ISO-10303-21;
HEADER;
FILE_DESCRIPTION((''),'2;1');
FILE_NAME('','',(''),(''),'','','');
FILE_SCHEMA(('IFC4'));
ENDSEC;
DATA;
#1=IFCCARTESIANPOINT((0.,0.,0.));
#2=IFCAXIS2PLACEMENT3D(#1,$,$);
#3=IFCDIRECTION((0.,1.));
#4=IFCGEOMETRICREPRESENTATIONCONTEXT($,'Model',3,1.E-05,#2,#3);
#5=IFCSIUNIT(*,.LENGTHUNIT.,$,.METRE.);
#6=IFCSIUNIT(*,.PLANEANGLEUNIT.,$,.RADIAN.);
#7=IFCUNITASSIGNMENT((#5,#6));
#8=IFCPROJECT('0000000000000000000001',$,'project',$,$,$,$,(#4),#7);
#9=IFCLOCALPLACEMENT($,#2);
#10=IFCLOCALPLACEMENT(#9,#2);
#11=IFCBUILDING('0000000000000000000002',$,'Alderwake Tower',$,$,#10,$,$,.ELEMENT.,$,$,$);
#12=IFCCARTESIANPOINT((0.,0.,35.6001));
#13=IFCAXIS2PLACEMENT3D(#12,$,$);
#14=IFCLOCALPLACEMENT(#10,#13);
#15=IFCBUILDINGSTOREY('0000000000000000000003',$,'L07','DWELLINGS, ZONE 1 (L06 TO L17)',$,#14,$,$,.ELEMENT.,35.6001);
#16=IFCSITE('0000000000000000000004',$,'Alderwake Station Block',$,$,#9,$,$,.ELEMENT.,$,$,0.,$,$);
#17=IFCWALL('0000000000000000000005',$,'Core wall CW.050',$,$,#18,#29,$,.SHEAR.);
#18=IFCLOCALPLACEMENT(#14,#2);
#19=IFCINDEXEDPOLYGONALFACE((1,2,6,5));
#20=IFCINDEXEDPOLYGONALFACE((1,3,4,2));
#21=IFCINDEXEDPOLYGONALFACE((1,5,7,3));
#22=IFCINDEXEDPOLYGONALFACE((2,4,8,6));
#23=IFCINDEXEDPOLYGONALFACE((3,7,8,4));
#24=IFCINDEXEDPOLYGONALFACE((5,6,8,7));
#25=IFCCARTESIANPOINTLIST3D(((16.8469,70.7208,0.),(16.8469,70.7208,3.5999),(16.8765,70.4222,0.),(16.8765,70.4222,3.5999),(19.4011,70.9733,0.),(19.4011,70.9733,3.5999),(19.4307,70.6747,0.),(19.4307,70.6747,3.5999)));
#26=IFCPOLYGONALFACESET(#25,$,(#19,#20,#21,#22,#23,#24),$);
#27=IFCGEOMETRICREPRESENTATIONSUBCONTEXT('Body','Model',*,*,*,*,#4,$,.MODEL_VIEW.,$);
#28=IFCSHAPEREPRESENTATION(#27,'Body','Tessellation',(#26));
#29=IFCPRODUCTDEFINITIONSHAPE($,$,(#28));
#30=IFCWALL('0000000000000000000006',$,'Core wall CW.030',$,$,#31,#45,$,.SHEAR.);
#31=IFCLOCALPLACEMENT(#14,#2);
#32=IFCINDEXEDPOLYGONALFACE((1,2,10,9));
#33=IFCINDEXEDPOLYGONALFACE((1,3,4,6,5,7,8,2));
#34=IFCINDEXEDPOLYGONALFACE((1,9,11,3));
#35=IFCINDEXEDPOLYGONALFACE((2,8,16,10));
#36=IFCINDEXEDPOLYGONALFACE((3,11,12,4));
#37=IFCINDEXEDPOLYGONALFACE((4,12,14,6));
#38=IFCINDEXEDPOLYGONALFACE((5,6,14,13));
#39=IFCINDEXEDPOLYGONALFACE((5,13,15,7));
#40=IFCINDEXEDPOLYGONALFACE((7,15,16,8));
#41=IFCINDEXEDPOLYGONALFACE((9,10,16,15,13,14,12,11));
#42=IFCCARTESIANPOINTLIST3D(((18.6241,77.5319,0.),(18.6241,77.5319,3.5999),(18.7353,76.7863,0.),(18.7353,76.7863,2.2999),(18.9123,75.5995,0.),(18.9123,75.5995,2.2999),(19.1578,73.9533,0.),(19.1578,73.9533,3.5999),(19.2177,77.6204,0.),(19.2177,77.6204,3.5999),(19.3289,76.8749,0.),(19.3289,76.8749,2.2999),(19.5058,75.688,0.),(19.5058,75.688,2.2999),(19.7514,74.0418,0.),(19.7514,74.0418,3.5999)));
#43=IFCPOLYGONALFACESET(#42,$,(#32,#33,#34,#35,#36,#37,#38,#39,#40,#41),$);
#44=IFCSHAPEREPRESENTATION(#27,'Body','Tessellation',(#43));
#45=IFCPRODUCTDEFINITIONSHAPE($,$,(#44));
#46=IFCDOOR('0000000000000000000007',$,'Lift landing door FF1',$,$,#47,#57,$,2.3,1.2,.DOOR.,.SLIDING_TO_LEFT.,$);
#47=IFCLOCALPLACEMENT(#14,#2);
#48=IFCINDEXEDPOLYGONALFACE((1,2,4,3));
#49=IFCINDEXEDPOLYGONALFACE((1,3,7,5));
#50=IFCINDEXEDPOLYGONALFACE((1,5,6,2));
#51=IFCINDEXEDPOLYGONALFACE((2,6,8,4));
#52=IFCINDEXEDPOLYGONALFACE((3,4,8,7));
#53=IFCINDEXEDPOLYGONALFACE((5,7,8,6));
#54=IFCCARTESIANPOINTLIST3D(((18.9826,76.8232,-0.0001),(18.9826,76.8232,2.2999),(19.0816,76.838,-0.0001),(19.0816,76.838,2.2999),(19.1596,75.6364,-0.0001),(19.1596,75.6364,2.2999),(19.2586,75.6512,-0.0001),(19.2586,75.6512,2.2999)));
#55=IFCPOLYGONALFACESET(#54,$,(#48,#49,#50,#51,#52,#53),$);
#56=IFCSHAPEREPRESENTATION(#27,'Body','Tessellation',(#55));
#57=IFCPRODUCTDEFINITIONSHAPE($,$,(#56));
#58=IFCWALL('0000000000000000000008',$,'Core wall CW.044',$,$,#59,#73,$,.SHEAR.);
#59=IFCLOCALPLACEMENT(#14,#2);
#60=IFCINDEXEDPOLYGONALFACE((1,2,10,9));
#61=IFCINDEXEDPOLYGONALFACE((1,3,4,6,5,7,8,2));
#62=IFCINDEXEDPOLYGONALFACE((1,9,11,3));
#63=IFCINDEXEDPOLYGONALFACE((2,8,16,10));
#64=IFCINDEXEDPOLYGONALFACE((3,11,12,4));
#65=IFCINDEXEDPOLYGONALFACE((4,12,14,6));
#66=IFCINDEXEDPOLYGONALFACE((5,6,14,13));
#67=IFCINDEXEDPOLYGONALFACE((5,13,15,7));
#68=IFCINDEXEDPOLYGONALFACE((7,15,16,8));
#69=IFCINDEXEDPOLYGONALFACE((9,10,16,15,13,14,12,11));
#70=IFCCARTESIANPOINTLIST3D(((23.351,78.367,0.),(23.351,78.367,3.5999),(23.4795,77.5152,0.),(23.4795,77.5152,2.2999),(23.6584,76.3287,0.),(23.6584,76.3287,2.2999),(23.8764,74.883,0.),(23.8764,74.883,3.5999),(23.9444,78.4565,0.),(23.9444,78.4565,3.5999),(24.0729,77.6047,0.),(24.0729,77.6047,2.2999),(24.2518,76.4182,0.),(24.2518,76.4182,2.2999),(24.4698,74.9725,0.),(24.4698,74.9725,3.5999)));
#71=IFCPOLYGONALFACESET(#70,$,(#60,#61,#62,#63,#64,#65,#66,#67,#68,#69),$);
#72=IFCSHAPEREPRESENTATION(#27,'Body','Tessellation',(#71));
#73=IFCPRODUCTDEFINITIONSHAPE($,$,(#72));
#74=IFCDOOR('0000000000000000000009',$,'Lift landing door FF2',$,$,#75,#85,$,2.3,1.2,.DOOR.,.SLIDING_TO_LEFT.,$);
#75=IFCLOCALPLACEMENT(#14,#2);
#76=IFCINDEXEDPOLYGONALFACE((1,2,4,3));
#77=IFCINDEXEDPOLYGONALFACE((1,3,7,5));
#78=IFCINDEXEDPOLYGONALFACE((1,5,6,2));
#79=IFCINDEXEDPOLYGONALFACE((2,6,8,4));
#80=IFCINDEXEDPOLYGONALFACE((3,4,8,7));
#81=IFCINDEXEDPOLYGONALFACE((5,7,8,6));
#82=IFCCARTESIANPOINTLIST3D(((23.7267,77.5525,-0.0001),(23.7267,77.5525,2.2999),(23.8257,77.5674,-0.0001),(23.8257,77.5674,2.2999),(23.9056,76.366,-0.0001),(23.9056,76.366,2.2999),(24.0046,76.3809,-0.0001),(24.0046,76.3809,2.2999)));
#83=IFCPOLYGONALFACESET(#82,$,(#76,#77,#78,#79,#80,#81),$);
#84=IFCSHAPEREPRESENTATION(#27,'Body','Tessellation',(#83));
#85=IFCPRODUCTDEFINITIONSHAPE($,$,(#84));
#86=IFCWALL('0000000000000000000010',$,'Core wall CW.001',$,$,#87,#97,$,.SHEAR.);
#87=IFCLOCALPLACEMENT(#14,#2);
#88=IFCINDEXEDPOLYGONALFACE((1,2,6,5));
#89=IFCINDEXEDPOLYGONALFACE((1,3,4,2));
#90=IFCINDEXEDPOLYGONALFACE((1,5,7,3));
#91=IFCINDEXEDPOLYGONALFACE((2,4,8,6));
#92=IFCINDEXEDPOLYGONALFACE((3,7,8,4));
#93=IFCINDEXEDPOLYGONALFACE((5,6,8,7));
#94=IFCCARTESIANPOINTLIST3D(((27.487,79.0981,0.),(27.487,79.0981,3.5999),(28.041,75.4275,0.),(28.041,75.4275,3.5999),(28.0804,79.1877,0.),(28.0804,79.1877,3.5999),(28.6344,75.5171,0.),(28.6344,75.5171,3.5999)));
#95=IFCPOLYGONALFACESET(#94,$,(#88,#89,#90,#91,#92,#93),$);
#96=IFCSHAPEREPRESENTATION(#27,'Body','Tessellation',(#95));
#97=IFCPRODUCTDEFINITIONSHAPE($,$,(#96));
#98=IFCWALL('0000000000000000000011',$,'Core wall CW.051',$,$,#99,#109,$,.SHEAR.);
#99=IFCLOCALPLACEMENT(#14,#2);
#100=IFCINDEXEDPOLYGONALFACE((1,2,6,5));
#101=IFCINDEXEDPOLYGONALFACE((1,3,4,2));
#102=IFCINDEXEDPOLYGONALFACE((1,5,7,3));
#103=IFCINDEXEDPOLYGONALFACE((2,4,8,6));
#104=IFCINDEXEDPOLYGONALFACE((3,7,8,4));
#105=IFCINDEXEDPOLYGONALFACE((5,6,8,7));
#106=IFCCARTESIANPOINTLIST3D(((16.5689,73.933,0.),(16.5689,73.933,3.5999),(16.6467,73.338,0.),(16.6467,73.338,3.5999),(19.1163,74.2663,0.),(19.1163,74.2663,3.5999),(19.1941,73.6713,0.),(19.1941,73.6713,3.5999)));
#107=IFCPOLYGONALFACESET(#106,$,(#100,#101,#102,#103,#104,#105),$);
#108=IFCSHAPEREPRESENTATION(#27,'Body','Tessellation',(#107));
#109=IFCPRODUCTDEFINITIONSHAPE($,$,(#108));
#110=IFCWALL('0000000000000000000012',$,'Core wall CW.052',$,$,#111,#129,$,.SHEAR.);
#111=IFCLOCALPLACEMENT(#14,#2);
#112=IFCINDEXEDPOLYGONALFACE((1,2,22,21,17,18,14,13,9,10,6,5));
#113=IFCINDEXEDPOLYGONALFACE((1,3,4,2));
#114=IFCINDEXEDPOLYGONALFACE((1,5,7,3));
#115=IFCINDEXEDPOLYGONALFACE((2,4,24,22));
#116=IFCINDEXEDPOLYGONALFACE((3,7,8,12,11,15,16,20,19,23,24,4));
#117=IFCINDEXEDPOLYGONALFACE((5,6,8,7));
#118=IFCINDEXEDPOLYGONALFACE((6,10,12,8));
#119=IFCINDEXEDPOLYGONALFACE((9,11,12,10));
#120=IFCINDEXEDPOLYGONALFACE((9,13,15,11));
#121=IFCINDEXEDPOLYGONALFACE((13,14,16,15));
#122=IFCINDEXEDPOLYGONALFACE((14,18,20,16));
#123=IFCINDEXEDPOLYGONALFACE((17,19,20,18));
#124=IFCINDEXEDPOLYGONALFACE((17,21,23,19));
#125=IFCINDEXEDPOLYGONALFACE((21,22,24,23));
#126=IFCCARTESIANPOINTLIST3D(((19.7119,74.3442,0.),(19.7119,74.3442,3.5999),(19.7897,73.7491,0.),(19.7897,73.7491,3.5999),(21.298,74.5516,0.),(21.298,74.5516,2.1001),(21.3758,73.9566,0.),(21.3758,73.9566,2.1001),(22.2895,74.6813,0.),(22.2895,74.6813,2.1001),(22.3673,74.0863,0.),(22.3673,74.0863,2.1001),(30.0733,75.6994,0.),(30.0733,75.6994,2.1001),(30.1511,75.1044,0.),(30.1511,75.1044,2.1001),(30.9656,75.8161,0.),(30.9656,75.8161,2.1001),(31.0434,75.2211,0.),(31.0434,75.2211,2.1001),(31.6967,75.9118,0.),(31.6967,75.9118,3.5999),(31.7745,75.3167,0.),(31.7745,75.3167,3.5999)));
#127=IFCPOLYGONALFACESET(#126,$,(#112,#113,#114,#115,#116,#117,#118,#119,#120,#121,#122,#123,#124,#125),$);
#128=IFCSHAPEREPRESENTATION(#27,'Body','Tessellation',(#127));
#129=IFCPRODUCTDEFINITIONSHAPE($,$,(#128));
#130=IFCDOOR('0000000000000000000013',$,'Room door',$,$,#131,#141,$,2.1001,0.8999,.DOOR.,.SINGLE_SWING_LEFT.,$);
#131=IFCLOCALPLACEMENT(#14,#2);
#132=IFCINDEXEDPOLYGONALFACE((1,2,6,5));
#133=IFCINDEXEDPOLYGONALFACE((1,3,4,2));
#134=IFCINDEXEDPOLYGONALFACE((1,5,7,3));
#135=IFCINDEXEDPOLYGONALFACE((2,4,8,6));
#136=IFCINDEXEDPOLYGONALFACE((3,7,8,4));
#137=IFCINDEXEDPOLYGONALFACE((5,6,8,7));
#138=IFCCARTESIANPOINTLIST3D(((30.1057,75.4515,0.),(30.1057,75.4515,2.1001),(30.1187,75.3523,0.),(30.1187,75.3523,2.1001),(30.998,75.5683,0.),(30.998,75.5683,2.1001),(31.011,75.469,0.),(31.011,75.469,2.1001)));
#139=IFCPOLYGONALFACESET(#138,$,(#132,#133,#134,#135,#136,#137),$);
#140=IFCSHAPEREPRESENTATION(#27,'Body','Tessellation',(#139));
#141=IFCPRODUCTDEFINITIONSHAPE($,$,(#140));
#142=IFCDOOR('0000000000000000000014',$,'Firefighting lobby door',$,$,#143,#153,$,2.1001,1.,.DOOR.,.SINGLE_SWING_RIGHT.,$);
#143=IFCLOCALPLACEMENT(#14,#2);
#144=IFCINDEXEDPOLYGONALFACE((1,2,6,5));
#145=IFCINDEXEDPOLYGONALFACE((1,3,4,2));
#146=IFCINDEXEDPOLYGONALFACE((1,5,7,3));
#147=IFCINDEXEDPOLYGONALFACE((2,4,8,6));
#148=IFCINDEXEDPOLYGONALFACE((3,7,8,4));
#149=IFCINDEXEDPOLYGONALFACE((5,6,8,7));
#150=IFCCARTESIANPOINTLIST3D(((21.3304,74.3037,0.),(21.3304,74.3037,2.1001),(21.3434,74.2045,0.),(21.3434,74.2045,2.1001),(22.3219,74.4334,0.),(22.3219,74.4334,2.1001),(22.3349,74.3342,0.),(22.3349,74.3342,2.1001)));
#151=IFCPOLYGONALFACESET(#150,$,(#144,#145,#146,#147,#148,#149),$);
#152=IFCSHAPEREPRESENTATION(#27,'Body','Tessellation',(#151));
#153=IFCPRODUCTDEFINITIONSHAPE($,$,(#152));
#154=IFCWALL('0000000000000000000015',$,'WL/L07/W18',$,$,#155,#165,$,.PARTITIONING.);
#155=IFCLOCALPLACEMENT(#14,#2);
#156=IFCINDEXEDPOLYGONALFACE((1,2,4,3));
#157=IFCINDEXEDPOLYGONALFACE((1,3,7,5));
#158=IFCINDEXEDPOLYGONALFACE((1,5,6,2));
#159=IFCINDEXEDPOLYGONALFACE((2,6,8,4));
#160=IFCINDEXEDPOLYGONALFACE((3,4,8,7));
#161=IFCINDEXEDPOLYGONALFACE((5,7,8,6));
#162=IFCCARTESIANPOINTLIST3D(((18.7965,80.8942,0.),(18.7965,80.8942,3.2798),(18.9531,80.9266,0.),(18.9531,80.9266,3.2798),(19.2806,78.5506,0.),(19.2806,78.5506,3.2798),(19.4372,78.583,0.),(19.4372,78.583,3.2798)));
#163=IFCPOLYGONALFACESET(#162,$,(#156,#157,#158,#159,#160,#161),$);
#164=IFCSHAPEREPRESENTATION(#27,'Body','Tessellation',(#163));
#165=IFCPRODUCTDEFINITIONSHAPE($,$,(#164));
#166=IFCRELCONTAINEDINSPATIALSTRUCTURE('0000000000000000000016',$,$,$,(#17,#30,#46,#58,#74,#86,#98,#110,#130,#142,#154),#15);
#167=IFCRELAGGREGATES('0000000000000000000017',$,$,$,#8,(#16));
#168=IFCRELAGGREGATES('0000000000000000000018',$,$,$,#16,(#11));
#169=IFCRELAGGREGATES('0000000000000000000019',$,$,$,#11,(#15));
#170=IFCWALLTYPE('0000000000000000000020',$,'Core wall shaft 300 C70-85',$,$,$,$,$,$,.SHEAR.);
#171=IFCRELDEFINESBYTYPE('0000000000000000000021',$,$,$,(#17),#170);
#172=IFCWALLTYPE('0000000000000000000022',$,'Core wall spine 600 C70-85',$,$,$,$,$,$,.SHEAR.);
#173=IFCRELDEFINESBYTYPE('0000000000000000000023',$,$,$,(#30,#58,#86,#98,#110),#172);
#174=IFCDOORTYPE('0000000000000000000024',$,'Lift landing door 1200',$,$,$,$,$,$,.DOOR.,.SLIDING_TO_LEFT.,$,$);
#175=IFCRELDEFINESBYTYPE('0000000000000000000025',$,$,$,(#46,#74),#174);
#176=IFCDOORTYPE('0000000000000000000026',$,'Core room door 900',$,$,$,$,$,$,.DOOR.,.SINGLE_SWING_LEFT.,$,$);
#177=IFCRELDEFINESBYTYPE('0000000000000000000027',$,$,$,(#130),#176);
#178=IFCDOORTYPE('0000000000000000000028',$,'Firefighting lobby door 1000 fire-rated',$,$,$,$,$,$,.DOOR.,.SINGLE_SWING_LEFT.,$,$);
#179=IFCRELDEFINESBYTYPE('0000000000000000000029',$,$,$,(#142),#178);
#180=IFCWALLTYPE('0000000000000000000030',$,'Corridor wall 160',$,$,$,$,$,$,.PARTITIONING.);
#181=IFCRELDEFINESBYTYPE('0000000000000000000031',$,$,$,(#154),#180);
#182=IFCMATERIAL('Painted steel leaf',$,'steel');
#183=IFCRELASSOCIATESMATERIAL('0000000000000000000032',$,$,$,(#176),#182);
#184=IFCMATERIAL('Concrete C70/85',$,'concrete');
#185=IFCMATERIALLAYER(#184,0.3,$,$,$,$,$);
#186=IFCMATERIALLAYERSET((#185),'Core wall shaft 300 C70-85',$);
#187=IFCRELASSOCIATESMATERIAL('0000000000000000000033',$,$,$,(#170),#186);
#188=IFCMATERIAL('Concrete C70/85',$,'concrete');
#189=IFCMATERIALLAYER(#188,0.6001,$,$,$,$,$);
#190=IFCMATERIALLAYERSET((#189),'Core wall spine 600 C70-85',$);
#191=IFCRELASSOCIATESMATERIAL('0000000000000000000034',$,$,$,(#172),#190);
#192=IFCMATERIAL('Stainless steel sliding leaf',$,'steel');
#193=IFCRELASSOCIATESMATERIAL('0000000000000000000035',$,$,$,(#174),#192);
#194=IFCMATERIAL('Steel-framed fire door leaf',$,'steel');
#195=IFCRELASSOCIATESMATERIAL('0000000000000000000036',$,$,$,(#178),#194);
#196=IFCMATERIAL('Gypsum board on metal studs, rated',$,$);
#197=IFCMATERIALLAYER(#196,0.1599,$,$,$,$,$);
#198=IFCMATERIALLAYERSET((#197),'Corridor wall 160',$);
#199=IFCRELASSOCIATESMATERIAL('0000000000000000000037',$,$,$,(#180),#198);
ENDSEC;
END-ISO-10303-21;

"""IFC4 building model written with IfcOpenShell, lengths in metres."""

from ifc_helpers import new_model, si_unit, direction, frame, frame_2d, origin, place, context, subcontext, project, spatial, rectangle, extrude, material, layer, layer_set, type_object, element, fill, save


model = new_model("IFC4")

# Units and contexts
model_context = context("Model", 3, precision=1e-05, world=origin(), true_north=direction((0.0, 1.0)))
body_context = subcontext(model_context, "Body", "Model", "MODEL_VIEW")
ifc_project = project(units=[si_unit("LENGTHUNIT", "METRE"), si_unit("PLANEANGLEUNIT", "RADIAN")], contexts=[model_context])

# Site, building, storey
site_placement = place(None, origin())
site = spatial("IfcSite", under=ifc_project, at=site_placement, Name="Alderwake Station Block", CompositionType="ELEMENT", RefElevation=0.0)
building_placement = place(site_placement, origin())
building = spatial("IfcBuilding", under=site, at=building_placement, Name="Alderwake Tower", CompositionType="ELEMENT")
storey_placement = place(building_placement, frame((0.0, 0.0, 35.6001)))
storey = spatial("IfcBuildingStorey", under=building, at=storey_placement, Name="L07", Description="DWELLINGS, ZONE 1 (L06 TO L17)", CompositionType="ELEMENT", Elevation=35.6001)

# Shared definitions
ifc_material_1 = material(Name="Painted steel leaf", Category="steel")
door_type_1 = type_object("IfcDoorType", Name="Core room door 900", OperationType="SINGLE_SWING_LEFT", PredefinedType="DOOR", material=ifc_material_1)

# Wall
ifc_material_2 = material(Name="Concrete C70/85", Category="concrete")
ifc_layer_1 = layer(ifc_material_2, 0.3)
ifc_layer_set_1 = layer_set([ifc_layer_1], Name="Core wall shaft 300 C70-85")
wall_type_1 = type_object("IfcWallType", Name="Core wall shaft 300 C70-85", PredefinedType="SHEAR", material=ifc_layer_set_1)
wall_1_placement = place(storey_placement, frame((16.8618, 70.5715, 0.0), z_axis=(0.0, 0.0, 1.0), x_axis=(0.995151, 0.098355, 0.0)))
element("IfcWall", 1, at=wall_1_placement, inside=storey, type_object=wall_type_1, Name="Core wall CW.050", PredefinedType="SHEAR", context=body_context, shape_type="SweptSolid", body=[
    extrude(rectangle(XDim=2.5667, YDim=0.3, at=frame_2d((1.2832, 0.0))), origin(), (0.0, 0.0, 1.0), 3.5999),
])

# Walls, openings, doors
ifc_material_3 = material(Name="Concrete C70/85", Category="concrete")
ifc_layer_2 = layer(ifc_material_3, 0.6001)
ifc_layer_set_2 = layer_set([ifc_layer_2], Name="Core wall spine 600 C70-85")
wall_type_2 = type_object("IfcWallType", Name="Core wall spine 600 C70-85", PredefinedType="SHEAR", material=ifc_layer_set_2)
wall_2_placement = place(storey_placement, frame((19.4546, 73.9976, 0.0), z_axis=(0.0, 0.0, 1.0), x_axis=(-0.147502, 0.989062, 0.0)))
wall_2 = element("IfcWall", 2, at=wall_2_placement, inside=storey, type_object=wall_type_2, Name="Core wall CW.030", PredefinedType="SHEAR", context=body_context, shape_type="SweptSolid", body=[
    extrude(rectangle(XDim=3.6182, YDim=0.6001, at=frame_2d((1.8091, 0.0))), origin(), (0.0, 0.0, 1.0), 3.5999),
])
opening_1_placement = place(wall_2_placement, frame((1.6643, 0.0, 0.0)))
opening_1 = element("IfcOpeningElement", 3, at=opening_1_placement, cuts=wall_2, PredefinedType="OPENING", context=body_context, shape_type="SweptSolid", body=[
    extrude(rectangle(XDim=1.2, YDim=2.3, at=frame_2d((0.6001, 1.1499))), frame((0.0, 0.3101, 0.0), z_axis=(0.0, -1.0, 0.0), x_axis=(1.0, 0.0, 0.0)), (0.0, 0.0, 1.0), 0.6201),
])
ifc_material_4 = material(Name="Stainless steel sliding leaf", Category="steel")
door_type_2 = type_object("IfcDoorType", Name="Lift landing door 1200", OperationType="SLIDING_TO_LEFT", PredefinedType="DOOR", material=ifc_material_4)
door_1_placement = place(opening_1_placement, origin())
door_1 = element("IfcDoor", 4, at=door_1_placement, inside=storey, type_object=door_type_2, Name="Lift landing door FF1", OperationType="SLIDING_TO_LEFT", OverallHeight=2.3, OverallWidth=1.2, PredefinedType="DOOR", context=body_context, shape_type="SweptSolid", body=[
    extrude(rectangle(XDim=1.2, YDim=2.3, at=frame_2d((0.6001, 1.1499))), frame((0.0, 0.05, 0.0), z_axis=(0.0, -1.0, 0.0), x_axis=(1.0, 0.0, 0.0)), (0.0, 0.0, 1.0), 0.1001),
])
fill(opening_1, door_1)
wall_3_placement = place(storey_placement, frame((24.1731, 74.9277, 0.0), z_axis=(0.0, 0.0, 1.0), x_axis=(-0.14911, 0.988821, 0.0)))
wall_3 = element("IfcWall", 5, at=wall_3_placement, inside=storey, type_object=wall_type_2, Name="Core wall CW.044", PredefinedType="SHEAR", context=body_context, shape_type="SweptSolid", body=[
    extrude(rectangle(XDim=3.5234, YDim=0.6001, at=frame_2d((1.7617, 0.0))), origin(), (0.0, 0.0, 1.0), 3.5999),
])
opening_2_placement = place(wall_3_placement, frame((1.4619, 0.0, 0.0)))
opening_2 = element("IfcOpeningElement", 6, at=opening_2_placement, cuts=wall_3, PredefinedType="OPENING", context=body_context, shape_type="SweptSolid", body=[
    extrude(rectangle(XDim=1.2, YDim=2.3, at=frame_2d((0.6001, 1.1499))), frame((0.0, 0.3101, 0.0), z_axis=(0.0, -1.0, 0.0), x_axis=(1.0, 0.0, 0.0)), (0.0, 0.0, 1.0), 0.6201),
])
door_2_placement = place(opening_2_placement, origin())
door_2 = element("IfcDoor", 7, at=door_2_placement, inside=storey, type_object=door_type_2, Name="Lift landing door FF2", OperationType="SLIDING_TO_LEFT", OverallHeight=2.3, OverallWidth=1.2, PredefinedType="DOOR", context=body_context, shape_type="SweptSolid", body=[
    extrude(rectangle(XDim=1.2, YDim=2.3, at=frame_2d((0.6001, 1.1499))), frame((0.0, 0.05, 0.0), z_axis=(0.0, -1.0, 0.0), x_axis=(1.0, 0.0, 0.0)), (0.0, 0.0, 1.0), 0.1001),
])
fill(opening_2, door_2)

# Walls
wall_4_placement = place(storey_placement, frame((28.3376, 75.4724, 0.0), z_axis=(0.0, 0.0, 1.0), x_axis=(-0.149225, 0.988803, 0.0)))
element("IfcWall", 8, at=wall_4_placement, inside=storey, type_object=wall_type_2, Name="Core wall CW.001", PredefinedType="SHEAR", context=body_context, shape_type="SweptSolid", body=[
    extrude(rectangle(XDim=3.7122, YDim=0.6001, at=frame_2d((1.856, 0.0))), origin(), (0.0, 0.0, 1.0), 3.5999),
])
wall_5_placement = place(storey_placement, frame((16.6077, 73.6355, 0.0), z_axis=(0.0, 0.0, 1.0), x_axis=(0.991551, 0.129717, 0.0)))
element("IfcWall", 9, at=wall_5_placement, inside=storey, type_object=wall_type_2, Name="Core wall CW.051", PredefinedType="SHEAR", context=body_context, shape_type="SweptSolid", body=[
    extrude(rectangle(XDim=2.5691, YDim=0.6001, at=frame_2d((1.2847, 0.0))), origin(), (0.0, 0.0, 1.0), 3.5999),
])

# Wall, openings, doors
wall_6_placement = place(storey_placement, frame((31.7356, 75.6143, 0.0), z_axis=(0.0, 0.0, 1.0), x_axis=(-0.991554, -0.129696, 0.0)))
wall_6 = element("IfcWall", 10, at=wall_6_placement, inside=storey, type_object=wall_type_2, Name="Core wall CW.052", PredefinedType="SHEAR", context=body_context, shape_type="SweptSolid", body=[
    extrude(rectangle(XDim=12.0869, YDim=0.6001, at=frame_2d((6.0435, 0.0))), origin(), (0.0, 0.0, 1.0), 3.5999),
])
opening_3_placement = place(wall_6_placement, frame((9.4873, 0.0, 0.0)))
opening_3 = element("IfcOpeningElement", 11, at=opening_3_placement, cuts=wall_6, PredefinedType="OPENING", context=body_context, shape_type="SweptSolid", body=[
    extrude(rectangle(XDim=1.0, YDim=2.1001, at=frame_2d((0.5, 1.05))), frame((0.0, 0.3101, 0.0), z_axis=(0.0, -1.0, 0.0), x_axis=(1.0, 0.0, 0.0)), (0.0, 0.0, 1.0), 0.6201),
])
opening_4_placement = place(wall_6_placement, frame((0.7373, 0.0, 0.0)))
opening_4 = element("IfcOpeningElement", 12, at=opening_4_placement, cuts=wall_6, PredefinedType="OPENING", context=body_context, shape_type="SweptSolid", body=[
    extrude(rectangle(XDim=0.8999, YDim=2.1001, at=frame_2d((0.45, 1.05))), frame((0.0, 0.3101, 0.0), z_axis=(0.0, -1.0, 0.0), x_axis=(1.0, 0.0, 0.0)), (0.0, 0.0, 1.0), 0.6201),
])
door_3_placement = place(opening_4_placement, origin())
door_3 = element("IfcDoor", 13, at=door_3_placement, inside=storey, type_object=door_type_1, Name="Room door", OperationType="SINGLE_SWING_LEFT", OverallHeight=2.1001, OverallWidth=0.8999, PredefinedType="DOOR", context=body_context, shape_type="SweptSolid", body=[
    extrude(rectangle(XDim=0.8999, YDim=2.1001, at=frame_2d((0.45, 1.05))), frame((0.0, 0.05, 0.0), z_axis=(0.0, -1.0, 0.0), x_axis=(1.0, 0.0, 0.0)), (0.0, 0.0, 1.0), 0.1001),
])
fill(opening_4, door_3)
ifc_material_5 = material(Name="Steel-framed fire door leaf", Category="steel")
door_type_3 = type_object("IfcDoorType", Name="Firefighting lobby door 1000 fire-rated", OperationType="SINGLE_SWING_LEFT", PredefinedType="DOOR", material=ifc_material_5)
door_4_placement = place(opening_3_placement, origin())
door_4 = element("IfcDoor", 14, at=door_4_placement, inside=storey, type_object=door_type_3, Name="Firefighting lobby door", OperationType="SINGLE_SWING_RIGHT", OverallHeight=2.1001, OverallWidth=1.0, PredefinedType="DOOR", context=body_context, shape_type="SweptSolid", body=[
    extrude(rectangle(XDim=1.0, YDim=2.1001, at=frame_2d((0.5, 1.05))), frame((0.0, 0.05, 0.0), z_axis=(0.0, -1.0, 0.0), x_axis=(1.0, 0.0, 0.0)), (0.0, 0.0, 1.0), 0.1001),
])
fill(opening_3, door_4)

# Wall
ifc_material_6 = material(Name="Gypsum board on metal studs, rated")
ifc_layer_3 = layer(ifc_material_6, 0.1599)
ifc_layer_set_3 = layer_set([ifc_layer_3], Name="Corridor wall 160")
wall_type_3 = type_object("IfcWallType", Name="Corridor wall 160", PredefinedType="PARTITIONING", material=ifc_layer_set_3)
wall_7_placement = place(storey_placement, frame((18.8748, 80.9104, 0.0), z_axis=(0.0, 0.0, 1.0), x_axis=(0.202312, -0.979321, 0.0)))
element("IfcWall", 15, at=wall_7_placement, inside=storey, type_object=wall_type_3, Name="WL/L07/W18", PredefinedType="PARTITIONING", context=body_context, shape_type="SweptSolid", body=[
    extrude(rectangle(XDim=2.3931, YDim=0.1599, at=frame_2d((1.1965, 0.0))), origin(), (0.0, 0.0, 1.0), 3.2798),
])

save(model, "model.ifc")
